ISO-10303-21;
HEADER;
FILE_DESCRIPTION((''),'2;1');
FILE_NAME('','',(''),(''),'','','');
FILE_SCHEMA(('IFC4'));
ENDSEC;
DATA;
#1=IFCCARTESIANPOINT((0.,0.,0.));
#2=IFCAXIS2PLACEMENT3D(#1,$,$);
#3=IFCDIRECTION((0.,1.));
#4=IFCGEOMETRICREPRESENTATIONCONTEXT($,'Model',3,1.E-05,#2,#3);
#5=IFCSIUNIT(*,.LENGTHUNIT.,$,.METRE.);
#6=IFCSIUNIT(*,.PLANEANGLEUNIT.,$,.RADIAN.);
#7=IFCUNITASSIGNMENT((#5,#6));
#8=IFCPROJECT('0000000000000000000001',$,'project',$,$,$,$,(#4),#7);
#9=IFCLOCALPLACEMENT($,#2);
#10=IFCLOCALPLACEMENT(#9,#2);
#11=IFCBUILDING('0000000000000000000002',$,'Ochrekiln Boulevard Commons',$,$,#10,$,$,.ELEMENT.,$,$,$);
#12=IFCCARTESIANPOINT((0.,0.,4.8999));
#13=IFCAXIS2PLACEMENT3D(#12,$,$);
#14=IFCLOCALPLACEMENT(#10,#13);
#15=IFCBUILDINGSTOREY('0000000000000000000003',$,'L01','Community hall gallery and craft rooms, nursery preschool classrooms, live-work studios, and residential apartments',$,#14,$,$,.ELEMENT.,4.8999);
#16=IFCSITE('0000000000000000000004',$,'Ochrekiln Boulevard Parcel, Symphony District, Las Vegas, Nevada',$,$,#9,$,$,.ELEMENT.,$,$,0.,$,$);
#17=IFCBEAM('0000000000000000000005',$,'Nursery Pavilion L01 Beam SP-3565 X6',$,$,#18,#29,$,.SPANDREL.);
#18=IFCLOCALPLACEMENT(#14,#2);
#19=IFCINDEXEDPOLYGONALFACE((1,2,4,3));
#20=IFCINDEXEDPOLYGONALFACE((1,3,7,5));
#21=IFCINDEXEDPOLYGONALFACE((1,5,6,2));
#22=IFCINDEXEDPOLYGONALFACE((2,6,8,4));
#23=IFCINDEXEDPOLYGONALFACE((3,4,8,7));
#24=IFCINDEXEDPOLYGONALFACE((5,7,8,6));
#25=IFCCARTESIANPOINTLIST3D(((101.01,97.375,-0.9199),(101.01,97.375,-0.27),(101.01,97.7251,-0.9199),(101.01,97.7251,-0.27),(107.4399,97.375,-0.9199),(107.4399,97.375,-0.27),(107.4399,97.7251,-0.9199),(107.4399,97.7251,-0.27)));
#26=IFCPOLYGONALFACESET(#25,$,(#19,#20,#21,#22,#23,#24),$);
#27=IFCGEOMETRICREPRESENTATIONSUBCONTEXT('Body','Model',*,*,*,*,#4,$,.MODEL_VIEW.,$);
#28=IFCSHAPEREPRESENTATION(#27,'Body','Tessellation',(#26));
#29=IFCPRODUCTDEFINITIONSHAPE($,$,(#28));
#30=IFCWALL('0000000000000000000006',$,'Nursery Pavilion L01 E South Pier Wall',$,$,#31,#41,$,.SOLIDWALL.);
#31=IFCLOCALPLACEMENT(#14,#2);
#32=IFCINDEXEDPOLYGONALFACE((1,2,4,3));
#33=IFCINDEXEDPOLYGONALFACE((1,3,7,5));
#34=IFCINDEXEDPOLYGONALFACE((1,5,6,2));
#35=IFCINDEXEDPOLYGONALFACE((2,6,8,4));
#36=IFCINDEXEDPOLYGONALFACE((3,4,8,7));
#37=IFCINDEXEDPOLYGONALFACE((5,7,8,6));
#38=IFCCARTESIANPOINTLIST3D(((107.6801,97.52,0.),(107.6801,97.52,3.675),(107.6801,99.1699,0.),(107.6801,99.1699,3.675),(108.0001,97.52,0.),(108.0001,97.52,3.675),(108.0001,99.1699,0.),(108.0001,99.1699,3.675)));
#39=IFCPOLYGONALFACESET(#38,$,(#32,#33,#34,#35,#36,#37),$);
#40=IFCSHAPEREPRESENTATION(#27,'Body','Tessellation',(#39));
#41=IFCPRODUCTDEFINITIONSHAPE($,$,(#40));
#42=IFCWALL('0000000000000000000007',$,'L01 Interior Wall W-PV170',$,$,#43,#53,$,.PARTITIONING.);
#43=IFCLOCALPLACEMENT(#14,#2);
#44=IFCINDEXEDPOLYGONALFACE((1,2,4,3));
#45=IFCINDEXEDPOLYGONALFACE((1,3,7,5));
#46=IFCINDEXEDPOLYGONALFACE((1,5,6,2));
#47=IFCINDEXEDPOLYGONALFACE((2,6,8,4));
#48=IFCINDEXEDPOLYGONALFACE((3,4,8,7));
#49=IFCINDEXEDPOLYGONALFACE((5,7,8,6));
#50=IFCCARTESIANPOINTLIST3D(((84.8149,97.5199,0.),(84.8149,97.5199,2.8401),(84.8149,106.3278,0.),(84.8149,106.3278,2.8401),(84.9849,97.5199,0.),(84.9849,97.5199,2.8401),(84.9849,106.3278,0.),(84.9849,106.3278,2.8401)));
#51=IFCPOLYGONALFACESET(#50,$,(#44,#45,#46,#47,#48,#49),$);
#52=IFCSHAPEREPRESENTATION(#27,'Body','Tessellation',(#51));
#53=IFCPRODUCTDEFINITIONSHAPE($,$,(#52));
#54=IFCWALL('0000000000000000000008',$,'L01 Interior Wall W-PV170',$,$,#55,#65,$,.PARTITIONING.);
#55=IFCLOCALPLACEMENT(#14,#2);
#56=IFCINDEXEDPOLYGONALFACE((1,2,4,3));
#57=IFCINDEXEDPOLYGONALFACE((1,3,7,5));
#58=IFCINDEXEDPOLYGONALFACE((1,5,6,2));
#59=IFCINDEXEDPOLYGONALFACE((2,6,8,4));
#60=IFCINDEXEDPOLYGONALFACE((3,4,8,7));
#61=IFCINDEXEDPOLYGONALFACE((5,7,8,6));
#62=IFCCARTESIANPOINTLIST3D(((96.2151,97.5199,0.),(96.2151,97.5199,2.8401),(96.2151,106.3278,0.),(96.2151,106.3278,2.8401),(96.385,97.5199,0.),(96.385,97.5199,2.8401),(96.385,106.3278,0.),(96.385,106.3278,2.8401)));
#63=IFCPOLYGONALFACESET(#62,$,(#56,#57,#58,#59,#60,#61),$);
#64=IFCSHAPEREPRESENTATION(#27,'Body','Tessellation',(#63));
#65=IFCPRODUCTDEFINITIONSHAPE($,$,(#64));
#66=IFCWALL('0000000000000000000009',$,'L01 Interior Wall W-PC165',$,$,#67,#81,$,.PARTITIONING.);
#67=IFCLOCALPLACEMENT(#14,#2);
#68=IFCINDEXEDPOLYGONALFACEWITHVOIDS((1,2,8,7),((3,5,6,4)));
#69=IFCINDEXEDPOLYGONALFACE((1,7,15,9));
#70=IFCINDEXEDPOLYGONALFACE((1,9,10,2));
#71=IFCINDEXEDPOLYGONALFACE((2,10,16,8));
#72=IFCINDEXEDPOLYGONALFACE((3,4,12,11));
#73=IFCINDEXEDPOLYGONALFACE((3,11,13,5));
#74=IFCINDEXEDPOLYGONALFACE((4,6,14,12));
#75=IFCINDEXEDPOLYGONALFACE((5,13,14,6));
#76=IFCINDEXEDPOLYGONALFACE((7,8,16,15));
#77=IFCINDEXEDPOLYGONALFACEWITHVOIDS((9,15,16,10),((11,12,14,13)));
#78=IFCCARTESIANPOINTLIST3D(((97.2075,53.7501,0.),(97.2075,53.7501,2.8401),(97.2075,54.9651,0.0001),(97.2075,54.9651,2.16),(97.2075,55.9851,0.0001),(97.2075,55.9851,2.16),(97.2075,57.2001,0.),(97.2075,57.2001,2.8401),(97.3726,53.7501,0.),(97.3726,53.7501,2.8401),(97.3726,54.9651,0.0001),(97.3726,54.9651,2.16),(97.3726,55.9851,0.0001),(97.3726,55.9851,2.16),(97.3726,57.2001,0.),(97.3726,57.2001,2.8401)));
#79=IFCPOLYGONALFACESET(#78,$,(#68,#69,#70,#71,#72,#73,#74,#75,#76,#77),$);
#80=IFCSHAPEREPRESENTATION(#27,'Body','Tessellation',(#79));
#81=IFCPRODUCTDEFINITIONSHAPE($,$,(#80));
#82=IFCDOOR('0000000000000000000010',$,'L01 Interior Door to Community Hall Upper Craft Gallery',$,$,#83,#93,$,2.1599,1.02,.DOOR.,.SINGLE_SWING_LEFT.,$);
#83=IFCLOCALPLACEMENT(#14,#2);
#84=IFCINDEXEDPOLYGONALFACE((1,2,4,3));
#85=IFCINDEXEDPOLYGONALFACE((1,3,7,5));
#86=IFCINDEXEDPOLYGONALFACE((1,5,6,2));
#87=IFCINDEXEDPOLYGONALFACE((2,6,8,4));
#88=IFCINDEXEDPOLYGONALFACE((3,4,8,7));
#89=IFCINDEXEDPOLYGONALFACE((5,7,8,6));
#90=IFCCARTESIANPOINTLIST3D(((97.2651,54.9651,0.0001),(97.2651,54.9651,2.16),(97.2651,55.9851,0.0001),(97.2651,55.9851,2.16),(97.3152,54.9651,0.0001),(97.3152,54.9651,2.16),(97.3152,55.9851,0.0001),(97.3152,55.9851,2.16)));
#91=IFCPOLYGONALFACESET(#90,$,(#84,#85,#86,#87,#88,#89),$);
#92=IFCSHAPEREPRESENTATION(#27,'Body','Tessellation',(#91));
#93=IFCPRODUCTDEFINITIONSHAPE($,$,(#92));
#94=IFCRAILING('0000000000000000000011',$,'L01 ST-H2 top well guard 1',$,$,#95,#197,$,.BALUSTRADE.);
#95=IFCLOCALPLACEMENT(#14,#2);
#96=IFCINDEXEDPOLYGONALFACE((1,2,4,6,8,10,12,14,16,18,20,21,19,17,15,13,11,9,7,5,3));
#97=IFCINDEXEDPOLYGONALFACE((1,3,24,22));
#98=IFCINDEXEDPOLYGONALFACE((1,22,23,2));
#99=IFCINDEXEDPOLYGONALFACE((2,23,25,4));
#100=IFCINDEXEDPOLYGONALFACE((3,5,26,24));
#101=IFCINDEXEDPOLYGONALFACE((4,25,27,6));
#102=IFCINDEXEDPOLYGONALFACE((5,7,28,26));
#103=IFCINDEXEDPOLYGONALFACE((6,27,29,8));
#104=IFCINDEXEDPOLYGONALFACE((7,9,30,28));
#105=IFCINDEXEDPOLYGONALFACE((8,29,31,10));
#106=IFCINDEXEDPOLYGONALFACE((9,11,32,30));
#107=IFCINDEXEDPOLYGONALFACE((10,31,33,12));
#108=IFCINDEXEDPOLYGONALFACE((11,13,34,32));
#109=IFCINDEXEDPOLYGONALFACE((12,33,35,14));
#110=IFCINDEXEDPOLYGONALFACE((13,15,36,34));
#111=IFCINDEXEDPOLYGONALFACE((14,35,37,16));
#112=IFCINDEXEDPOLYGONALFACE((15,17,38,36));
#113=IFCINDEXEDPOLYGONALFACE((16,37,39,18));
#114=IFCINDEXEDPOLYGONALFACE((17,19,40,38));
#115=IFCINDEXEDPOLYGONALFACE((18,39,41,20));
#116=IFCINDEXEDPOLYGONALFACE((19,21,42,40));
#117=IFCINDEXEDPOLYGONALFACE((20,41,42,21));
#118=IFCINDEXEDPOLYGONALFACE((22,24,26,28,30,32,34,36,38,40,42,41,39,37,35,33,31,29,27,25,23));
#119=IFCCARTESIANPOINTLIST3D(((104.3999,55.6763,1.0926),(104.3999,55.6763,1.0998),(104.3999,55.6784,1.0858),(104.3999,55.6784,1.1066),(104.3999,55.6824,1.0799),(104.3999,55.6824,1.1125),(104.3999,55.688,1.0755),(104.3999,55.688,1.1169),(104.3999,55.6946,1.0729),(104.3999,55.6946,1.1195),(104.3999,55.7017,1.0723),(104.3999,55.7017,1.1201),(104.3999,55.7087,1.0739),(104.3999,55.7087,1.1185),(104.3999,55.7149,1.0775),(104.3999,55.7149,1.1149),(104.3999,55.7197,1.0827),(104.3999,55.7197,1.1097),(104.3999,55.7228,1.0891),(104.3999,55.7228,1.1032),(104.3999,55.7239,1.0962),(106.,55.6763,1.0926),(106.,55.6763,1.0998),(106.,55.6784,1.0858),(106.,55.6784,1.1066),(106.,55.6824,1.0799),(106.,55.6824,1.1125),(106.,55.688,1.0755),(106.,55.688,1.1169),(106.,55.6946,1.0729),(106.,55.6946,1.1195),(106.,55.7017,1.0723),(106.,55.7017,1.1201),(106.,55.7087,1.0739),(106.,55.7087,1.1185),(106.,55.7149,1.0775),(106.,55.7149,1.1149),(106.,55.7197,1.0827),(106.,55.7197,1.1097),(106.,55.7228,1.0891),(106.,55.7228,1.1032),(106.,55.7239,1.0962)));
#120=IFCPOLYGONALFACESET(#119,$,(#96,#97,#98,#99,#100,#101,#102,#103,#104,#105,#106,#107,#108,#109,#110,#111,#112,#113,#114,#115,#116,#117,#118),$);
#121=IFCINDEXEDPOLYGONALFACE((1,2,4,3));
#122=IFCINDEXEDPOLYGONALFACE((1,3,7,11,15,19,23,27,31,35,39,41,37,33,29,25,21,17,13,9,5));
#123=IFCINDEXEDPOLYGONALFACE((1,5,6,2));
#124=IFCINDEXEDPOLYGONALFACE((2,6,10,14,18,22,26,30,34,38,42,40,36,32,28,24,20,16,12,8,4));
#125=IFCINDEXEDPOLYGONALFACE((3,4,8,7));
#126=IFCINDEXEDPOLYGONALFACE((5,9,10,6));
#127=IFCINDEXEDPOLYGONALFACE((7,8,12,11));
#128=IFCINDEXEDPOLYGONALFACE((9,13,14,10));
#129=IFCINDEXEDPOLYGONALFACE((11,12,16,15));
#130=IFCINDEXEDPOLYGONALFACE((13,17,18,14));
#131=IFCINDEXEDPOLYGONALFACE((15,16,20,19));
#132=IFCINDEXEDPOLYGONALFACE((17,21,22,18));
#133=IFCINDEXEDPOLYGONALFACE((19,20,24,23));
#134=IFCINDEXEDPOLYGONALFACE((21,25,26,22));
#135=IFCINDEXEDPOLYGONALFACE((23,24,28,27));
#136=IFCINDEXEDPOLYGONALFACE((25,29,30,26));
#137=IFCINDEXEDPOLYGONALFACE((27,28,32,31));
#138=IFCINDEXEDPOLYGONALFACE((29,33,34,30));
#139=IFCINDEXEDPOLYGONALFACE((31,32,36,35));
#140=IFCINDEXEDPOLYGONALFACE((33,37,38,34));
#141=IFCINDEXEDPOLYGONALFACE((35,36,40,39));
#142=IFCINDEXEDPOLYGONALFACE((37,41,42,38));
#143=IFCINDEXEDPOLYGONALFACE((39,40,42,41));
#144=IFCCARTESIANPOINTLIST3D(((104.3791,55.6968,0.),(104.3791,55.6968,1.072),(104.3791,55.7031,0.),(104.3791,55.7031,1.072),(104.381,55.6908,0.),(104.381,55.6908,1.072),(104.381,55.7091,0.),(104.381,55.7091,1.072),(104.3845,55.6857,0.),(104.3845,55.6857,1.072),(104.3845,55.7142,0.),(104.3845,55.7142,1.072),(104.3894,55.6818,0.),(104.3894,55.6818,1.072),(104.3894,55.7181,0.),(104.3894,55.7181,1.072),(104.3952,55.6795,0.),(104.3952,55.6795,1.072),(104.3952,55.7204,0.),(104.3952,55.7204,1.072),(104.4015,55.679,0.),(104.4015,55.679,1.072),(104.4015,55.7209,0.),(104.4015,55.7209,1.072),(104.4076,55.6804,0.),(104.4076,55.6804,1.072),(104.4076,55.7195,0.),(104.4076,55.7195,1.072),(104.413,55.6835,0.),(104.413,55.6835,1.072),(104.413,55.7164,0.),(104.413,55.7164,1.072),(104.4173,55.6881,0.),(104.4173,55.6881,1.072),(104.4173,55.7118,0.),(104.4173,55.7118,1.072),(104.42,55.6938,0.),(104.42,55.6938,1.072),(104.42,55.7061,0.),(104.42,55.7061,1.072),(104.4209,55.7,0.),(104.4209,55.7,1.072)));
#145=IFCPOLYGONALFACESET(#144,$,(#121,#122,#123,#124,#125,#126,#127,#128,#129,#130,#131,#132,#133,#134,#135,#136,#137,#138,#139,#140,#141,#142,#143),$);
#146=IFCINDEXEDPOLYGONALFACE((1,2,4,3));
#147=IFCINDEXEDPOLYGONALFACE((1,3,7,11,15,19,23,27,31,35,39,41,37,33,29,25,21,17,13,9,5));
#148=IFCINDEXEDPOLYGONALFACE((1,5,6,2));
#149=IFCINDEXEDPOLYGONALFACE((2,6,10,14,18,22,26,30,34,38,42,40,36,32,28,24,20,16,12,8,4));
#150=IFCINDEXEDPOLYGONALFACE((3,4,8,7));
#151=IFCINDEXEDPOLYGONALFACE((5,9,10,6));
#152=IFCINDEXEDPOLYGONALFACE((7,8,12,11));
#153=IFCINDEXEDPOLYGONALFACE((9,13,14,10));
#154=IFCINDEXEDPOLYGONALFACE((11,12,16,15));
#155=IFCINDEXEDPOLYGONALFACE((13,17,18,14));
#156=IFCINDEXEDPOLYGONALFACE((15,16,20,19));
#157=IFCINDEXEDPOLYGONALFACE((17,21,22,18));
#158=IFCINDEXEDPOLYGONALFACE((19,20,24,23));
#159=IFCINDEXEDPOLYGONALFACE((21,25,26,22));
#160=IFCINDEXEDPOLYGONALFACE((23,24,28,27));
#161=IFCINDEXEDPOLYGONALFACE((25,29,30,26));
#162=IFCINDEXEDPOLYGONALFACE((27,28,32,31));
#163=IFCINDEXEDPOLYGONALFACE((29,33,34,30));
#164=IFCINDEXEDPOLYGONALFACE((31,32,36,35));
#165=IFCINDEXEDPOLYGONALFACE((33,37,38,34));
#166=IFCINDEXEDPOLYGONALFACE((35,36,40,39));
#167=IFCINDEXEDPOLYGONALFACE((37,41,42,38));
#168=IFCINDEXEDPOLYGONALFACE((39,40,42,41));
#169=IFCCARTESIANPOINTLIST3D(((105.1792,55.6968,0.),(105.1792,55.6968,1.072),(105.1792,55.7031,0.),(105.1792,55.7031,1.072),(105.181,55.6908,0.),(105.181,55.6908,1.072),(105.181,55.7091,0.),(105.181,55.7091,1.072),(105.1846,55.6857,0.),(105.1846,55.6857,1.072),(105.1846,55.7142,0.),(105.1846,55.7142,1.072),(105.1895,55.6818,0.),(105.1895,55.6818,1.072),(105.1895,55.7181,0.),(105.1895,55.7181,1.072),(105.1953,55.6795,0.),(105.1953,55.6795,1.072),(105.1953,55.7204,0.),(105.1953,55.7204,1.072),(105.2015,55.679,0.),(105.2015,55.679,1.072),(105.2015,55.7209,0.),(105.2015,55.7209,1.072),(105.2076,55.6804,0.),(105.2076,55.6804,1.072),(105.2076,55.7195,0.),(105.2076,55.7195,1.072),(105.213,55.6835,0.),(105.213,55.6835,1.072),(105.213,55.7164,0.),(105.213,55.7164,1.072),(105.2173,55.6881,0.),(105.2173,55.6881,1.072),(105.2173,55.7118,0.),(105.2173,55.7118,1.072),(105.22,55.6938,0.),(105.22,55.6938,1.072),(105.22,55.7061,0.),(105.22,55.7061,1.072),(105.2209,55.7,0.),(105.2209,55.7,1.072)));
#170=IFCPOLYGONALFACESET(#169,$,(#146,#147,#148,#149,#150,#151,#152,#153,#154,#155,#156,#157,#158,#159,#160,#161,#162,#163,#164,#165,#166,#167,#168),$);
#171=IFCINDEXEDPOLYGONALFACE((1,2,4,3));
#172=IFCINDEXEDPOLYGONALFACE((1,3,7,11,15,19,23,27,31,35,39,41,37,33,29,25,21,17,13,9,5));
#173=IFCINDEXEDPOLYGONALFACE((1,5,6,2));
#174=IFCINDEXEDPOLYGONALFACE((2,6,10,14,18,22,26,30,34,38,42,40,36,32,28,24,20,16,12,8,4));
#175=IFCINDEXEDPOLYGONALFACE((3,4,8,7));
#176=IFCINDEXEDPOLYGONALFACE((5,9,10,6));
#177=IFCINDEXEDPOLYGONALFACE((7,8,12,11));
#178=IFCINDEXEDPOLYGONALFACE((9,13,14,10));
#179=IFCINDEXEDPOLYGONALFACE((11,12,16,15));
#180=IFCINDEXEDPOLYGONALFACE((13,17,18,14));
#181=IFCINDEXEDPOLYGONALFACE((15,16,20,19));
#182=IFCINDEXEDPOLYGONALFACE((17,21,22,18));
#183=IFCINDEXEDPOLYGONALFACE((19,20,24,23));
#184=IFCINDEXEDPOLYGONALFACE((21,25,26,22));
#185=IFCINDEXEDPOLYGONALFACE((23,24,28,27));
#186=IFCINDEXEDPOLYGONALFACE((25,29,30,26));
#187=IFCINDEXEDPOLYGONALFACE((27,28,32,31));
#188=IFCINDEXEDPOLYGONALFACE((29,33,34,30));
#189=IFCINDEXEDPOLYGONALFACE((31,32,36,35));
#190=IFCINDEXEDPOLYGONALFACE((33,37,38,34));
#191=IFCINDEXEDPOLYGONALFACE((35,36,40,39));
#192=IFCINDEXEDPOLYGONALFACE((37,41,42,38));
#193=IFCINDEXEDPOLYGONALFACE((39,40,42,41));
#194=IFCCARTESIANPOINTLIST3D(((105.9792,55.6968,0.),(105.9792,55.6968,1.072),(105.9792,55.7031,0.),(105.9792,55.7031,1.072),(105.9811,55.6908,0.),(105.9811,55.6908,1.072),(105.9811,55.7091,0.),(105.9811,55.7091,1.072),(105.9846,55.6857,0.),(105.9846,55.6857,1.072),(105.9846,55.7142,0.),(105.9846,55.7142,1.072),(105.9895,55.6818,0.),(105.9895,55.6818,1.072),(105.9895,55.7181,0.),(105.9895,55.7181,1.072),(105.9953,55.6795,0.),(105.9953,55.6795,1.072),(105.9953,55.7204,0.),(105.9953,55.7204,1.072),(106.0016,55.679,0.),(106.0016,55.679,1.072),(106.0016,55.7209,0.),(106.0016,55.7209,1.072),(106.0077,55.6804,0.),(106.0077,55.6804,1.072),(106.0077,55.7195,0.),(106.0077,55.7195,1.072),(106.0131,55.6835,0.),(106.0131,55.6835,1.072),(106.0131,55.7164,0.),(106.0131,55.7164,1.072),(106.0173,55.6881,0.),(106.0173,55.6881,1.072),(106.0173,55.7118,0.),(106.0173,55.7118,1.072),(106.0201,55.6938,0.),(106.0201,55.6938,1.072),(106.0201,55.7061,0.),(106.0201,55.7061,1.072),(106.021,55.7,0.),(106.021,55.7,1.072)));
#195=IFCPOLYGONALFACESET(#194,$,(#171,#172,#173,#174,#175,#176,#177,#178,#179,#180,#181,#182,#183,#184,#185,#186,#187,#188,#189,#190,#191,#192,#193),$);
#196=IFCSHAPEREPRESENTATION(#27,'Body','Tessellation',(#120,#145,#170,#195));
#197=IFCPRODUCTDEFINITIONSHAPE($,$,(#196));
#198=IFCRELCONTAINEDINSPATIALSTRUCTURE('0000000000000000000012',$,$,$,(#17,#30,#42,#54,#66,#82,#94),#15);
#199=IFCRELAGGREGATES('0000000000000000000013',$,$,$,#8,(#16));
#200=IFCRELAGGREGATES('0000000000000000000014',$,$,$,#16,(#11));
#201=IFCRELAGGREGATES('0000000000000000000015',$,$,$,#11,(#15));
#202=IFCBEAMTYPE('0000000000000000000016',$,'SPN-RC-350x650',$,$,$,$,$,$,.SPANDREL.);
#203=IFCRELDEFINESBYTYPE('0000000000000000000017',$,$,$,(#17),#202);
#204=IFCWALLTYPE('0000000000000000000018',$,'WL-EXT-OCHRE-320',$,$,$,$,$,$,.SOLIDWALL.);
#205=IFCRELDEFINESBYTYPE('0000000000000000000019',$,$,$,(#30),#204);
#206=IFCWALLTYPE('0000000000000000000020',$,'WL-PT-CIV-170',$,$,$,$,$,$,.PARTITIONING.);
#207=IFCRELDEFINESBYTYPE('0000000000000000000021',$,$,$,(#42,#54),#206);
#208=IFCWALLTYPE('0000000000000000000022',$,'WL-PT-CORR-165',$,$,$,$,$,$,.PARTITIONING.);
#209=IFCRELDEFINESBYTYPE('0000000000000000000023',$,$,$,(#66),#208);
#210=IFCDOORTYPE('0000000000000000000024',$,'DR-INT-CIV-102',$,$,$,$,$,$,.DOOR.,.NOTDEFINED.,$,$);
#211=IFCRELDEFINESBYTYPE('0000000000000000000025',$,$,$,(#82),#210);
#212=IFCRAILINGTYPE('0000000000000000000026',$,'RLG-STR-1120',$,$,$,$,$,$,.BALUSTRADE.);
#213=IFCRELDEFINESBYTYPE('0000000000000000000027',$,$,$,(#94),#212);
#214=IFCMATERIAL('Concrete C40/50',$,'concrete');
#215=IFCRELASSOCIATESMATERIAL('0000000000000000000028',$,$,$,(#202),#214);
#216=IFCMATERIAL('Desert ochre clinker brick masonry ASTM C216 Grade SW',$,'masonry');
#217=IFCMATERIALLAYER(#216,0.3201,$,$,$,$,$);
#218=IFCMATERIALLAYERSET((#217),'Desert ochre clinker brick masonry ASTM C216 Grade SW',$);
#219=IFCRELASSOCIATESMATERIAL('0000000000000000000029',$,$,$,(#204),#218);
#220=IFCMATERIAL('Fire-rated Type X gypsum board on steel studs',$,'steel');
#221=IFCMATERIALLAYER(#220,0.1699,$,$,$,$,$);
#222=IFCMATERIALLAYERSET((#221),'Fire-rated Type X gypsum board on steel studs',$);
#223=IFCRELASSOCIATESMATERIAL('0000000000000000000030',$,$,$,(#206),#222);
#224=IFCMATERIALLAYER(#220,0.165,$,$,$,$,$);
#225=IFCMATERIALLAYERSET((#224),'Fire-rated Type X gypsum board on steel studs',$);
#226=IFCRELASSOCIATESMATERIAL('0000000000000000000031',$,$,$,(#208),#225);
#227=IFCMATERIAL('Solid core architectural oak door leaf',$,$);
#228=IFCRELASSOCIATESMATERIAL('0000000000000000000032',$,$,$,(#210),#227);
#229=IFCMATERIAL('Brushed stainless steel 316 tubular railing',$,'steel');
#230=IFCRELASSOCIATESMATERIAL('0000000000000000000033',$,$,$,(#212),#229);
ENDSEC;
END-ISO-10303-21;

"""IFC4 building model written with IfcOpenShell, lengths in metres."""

from ifc_helpers import new_model, si_unit, direction, frame, frame_2d, origin, origin_2d, place, context, subcontext, project, spatial, rectangle, circle, extrude, material, layer, layer_set, material_profile, profile_set, type_object, element, fill, save


model = new_model("IFC4")

# Units and contexts
model_context = context("Model", 3, precision=1e-05, world=origin(), true_north=direction((0.0, 1.0)))
body_context = subcontext(model_context, "Body", "Model", "MODEL_VIEW")
ifc_project = project(units=[si_unit("LENGTHUNIT", "METRE"), si_unit("PLANEANGLEUNIT", "RADIAN")], contexts=[model_context])

# Site, building, storey
site_placement = place(None, origin())
site = spatial("IfcSite", under=ifc_project, at=site_placement, Name="Ochrekiln Boulevard Parcel, Symphony District, Las Vegas, Nevada", CompositionType="ELEMENT", RefElevation=0.0)
building_placement = place(site_placement, origin())
building = spatial("IfcBuilding", under=site, at=building_placement, Name="Ochrekiln Boulevard Commons", CompositionType="ELEMENT")
storey_placement = place(building_placement, frame((0.0, 0.0, 4.8999)))
storey = spatial("IfcBuildingStorey", under=building, at=storey_placement, Name="L01", Description="Community hall gallery and craft rooms, nursery preschool classrooms, live-work studios, and residential apartments", CompositionType="ELEMENT", Elevation=4.8999)

# Shared definitions
ifc_material_1 = material(Name="Concrete C40/50", Category="concrete")

# Beam
ifc_material_profile_1 = material_profile(ifc_material_1, rectangle(XDim=0.3501, YDim=0.6499, at=origin_2d()), Name="RC-SPN-350x650")
ifc_profile_set_1 = profile_set([ifc_material_profile_1], Name="Concrete C40/50")
beam_type = type_object("IfcBeamType", Name="SPN-RC-350x650", PredefinedType="SPANDREL", material=ifc_profile_set_1)
beam_1_placement = place(storey_placement, frame((101.01, 97.55, -0.595), z_axis=(1.0, 0.0, 0.0), x_axis=(0.0, 1.0, 0.0)))
element("IfcBeam", 1, at=beam_1_placement, inside=storey, type_object=beam_type, Name="Nursery Pavilion L01 Beam SP-3565 X6", PredefinedType="SPANDREL", context=body_context, shape_type="SweptSolid", body=[
    extrude(rectangle(XDim=0.3501, YDim=0.6499, at=origin_2d()), origin(), (0.0, 0.0, 1.0), 6.4299),
])

# Walls
ifc_material_2 = material(Name="Desert ochre clinker brick masonry ASTM C216 Grade SW", Category="masonry")
ifc_layer_1 = layer(ifc_material_2, 0.3201)
ifc_layer_set_1 = layer_set([ifc_layer_1], Name="Desert ochre clinker brick masonry ASTM C216 Grade SW")
wall_type_1 = type_object("IfcWallType", Name="WL-EXT-OCHRE-320", PredefinedType="SOLIDWALL", material=ifc_layer_set_1)
wall_1_placement = place(storey_placement, frame((107.8401, 97.52, 0.0), z_axis=(0.0, 0.0, 1.0), x_axis=(0.0, 1.0, 0.0)))
element("IfcWall", 2, at=wall_1_placement, inside=storey, type_object=wall_type_1, Name="Nursery Pavilion L01 E South Pier Wall", PredefinedType="SOLIDWALL", context=body_context, shape_type="SweptSolid", body=[
    extrude(rectangle(XDim=1.6499, YDim=0.3201, at=frame_2d((0.825, 0.0))), origin(), (0.0, 0.0, 1.0), 3.675),
])
ifc_material_3 = material(Name="Fire-rated Type X gypsum board on steel studs", Category="steel")
ifc_layer_2 = layer(ifc_material_3, 0.1699)
ifc_layer_set_2 = layer_set([ifc_layer_2], Name="Fire-rated Type X gypsum board on steel studs")
wall_type_2 = type_object("IfcWallType", Name="WL-PT-CIV-170", PredefinedType="PARTITIONING", material=ifc_layer_set_2)
for number, where, z_axis, x_axis, name in (
    (3, (84.8999, 97.52, 0.0), (0.0, 0.0, 1.0), (0.0, 1.0, 0.0), "L01 Interior Wall W-PV170"),
    (4, (96.3, 97.52, 0.0), (0.0, 0.0, 1.0), (0.0, 1.0, 0.0), "L01 Interior Wall W-PV170"),
):
    element("IfcWall", number, at=place(storey_placement, frame(where, z_axis=z_axis, x_axis=x_axis)), inside=storey, type_object=wall_type_2, Name=name, PredefinedType="PARTITIONING", context=body_context, shape_type="SweptSolid", body=[
        extrude(rectangle(XDim=8.8079, YDim=0.1699, at=frame_2d((4.4038, 0.0))), origin(), (0.0, 0.0, 1.0), 2.8401),
    ])

# Wall, opening, door
ifc_layer_3 = layer(ifc_material_3, 0.165)
ifc_layer_set_3 = layer_set([ifc_layer_3], Name="Fire-rated Type X gypsum board on steel studs")
wall_type_3 = type_object("IfcWallType", Name="WL-PT-CORR-165", PredefinedType="PARTITIONING", material=ifc_layer_set_3)
wall_2_placement = place(storey_placement, frame((97.29, 53.75, 0.0), z_axis=(0.0, 0.0, 1.0), x_axis=(0.0, 1.0, 0.0)))
wall_2 = element("IfcWall", 5, at=wall_2_placement, inside=storey, type_object=wall_type_3, Name="L01 Interior Wall W-PC165", PredefinedType="PARTITIONING", context=body_context, shape_type="SweptSolid", body=[
    extrude(rectangle(XDim=3.45, YDim=0.165, at=frame_2d((1.7251, 0.0))), origin(), (0.0, 0.0, 1.0), 2.8401),
])
opening_placement = place(wall_2_placement, frame((1.2151, 0.0, 0.0)))
opening = element("IfcOpeningElement", 6, at=opening_placement, cuts=wall_2, PredefinedType="OPENING", context=body_context, shape_type="SweptSolid", body=[
    extrude(rectangle(XDim=1.02, YDim=2.1599, at=frame_2d((0.51, 1.0801))), frame((0.0, 0.0925, 0.0), z_axis=(0.0, -1.0, 0.0), x_axis=(1.0, 0.0, 0.0)), (0.0, 0.0, 1.0), 0.1851),
])
ifc_material_4 = material(Name="Solid core architectural oak door leaf")
door_type = type_object("IfcDoorType", Name="DR-INT-CIV-102", OperationType="NOTDEFINED", PredefinedType="DOOR", material=ifc_material_4)
door_placement = place(opening_placement, origin())
door = element("IfcDoor", 7, at=door_placement, inside=storey, type_object=door_type, Name="L01 Interior Door to Community Hall Upper Craft Gallery", OperationType="SINGLE_SWING_LEFT", OverallHeight=2.1599, OverallWidth=1.02, PredefinedType="DOOR", context=body_context, shape_type="SweptSolid", body=[
    extrude(rectangle(XDim=1.02, YDim=2.1599, at=frame_2d((0.51, 1.0801))), frame((0.0, 0.0249, 0.0), z_axis=(0.0, -1.0, 0.0), x_axis=(1.0, 0.0, 0.0)), (0.0, 0.0, 1.0), 0.05),
])
fill(opening, door)

# Railing
ifc_material_5 = material(Name="Brushed stainless steel 316 tubular railing", Category="steel")
railing_type_1 = type_object("IfcRailingType", Name="RLG-STR-1120", PredefinedType="BALUSTRADE", material=ifc_material_5)
railing_1_placement = place(storey_placement, frame((104.3999, 55.7, 0.0)))
element("IfcRailing", 8, at=railing_1_placement, inside=storey, type_object=railing_type_1, Name="L01 ST-H2 top well guard 1", PredefinedType="BALUSTRADE", context=body_context, shape_type="SweptSolid", body=[
    extrude(circle(Radius=0.0239, at=origin_2d()), frame((0.0, 0.0, 1.0962), z_axis=(1.0, 0.0, 0.0), x_axis=(0.0, 1.0, 0.0)), (0.0, 0.0, 1.0), 1.6001),
    extrude(circle(Radius=0.021, at=origin_2d()), origin(), (0.0, 0.0, 1.0), 1.072),
    extrude(circle(Radius=0.021, at=origin_2d()), frame((0.8, 0.0, 0.0)), (0.0, 0.0, 1.0), 1.072),
    extrude(circle(Radius=0.021, at=origin_2d()), frame((1.6001, 0.0, 0.0)), (0.0, 0.0, 1.0), 1.072),
])

save(model, "model.ifc")
